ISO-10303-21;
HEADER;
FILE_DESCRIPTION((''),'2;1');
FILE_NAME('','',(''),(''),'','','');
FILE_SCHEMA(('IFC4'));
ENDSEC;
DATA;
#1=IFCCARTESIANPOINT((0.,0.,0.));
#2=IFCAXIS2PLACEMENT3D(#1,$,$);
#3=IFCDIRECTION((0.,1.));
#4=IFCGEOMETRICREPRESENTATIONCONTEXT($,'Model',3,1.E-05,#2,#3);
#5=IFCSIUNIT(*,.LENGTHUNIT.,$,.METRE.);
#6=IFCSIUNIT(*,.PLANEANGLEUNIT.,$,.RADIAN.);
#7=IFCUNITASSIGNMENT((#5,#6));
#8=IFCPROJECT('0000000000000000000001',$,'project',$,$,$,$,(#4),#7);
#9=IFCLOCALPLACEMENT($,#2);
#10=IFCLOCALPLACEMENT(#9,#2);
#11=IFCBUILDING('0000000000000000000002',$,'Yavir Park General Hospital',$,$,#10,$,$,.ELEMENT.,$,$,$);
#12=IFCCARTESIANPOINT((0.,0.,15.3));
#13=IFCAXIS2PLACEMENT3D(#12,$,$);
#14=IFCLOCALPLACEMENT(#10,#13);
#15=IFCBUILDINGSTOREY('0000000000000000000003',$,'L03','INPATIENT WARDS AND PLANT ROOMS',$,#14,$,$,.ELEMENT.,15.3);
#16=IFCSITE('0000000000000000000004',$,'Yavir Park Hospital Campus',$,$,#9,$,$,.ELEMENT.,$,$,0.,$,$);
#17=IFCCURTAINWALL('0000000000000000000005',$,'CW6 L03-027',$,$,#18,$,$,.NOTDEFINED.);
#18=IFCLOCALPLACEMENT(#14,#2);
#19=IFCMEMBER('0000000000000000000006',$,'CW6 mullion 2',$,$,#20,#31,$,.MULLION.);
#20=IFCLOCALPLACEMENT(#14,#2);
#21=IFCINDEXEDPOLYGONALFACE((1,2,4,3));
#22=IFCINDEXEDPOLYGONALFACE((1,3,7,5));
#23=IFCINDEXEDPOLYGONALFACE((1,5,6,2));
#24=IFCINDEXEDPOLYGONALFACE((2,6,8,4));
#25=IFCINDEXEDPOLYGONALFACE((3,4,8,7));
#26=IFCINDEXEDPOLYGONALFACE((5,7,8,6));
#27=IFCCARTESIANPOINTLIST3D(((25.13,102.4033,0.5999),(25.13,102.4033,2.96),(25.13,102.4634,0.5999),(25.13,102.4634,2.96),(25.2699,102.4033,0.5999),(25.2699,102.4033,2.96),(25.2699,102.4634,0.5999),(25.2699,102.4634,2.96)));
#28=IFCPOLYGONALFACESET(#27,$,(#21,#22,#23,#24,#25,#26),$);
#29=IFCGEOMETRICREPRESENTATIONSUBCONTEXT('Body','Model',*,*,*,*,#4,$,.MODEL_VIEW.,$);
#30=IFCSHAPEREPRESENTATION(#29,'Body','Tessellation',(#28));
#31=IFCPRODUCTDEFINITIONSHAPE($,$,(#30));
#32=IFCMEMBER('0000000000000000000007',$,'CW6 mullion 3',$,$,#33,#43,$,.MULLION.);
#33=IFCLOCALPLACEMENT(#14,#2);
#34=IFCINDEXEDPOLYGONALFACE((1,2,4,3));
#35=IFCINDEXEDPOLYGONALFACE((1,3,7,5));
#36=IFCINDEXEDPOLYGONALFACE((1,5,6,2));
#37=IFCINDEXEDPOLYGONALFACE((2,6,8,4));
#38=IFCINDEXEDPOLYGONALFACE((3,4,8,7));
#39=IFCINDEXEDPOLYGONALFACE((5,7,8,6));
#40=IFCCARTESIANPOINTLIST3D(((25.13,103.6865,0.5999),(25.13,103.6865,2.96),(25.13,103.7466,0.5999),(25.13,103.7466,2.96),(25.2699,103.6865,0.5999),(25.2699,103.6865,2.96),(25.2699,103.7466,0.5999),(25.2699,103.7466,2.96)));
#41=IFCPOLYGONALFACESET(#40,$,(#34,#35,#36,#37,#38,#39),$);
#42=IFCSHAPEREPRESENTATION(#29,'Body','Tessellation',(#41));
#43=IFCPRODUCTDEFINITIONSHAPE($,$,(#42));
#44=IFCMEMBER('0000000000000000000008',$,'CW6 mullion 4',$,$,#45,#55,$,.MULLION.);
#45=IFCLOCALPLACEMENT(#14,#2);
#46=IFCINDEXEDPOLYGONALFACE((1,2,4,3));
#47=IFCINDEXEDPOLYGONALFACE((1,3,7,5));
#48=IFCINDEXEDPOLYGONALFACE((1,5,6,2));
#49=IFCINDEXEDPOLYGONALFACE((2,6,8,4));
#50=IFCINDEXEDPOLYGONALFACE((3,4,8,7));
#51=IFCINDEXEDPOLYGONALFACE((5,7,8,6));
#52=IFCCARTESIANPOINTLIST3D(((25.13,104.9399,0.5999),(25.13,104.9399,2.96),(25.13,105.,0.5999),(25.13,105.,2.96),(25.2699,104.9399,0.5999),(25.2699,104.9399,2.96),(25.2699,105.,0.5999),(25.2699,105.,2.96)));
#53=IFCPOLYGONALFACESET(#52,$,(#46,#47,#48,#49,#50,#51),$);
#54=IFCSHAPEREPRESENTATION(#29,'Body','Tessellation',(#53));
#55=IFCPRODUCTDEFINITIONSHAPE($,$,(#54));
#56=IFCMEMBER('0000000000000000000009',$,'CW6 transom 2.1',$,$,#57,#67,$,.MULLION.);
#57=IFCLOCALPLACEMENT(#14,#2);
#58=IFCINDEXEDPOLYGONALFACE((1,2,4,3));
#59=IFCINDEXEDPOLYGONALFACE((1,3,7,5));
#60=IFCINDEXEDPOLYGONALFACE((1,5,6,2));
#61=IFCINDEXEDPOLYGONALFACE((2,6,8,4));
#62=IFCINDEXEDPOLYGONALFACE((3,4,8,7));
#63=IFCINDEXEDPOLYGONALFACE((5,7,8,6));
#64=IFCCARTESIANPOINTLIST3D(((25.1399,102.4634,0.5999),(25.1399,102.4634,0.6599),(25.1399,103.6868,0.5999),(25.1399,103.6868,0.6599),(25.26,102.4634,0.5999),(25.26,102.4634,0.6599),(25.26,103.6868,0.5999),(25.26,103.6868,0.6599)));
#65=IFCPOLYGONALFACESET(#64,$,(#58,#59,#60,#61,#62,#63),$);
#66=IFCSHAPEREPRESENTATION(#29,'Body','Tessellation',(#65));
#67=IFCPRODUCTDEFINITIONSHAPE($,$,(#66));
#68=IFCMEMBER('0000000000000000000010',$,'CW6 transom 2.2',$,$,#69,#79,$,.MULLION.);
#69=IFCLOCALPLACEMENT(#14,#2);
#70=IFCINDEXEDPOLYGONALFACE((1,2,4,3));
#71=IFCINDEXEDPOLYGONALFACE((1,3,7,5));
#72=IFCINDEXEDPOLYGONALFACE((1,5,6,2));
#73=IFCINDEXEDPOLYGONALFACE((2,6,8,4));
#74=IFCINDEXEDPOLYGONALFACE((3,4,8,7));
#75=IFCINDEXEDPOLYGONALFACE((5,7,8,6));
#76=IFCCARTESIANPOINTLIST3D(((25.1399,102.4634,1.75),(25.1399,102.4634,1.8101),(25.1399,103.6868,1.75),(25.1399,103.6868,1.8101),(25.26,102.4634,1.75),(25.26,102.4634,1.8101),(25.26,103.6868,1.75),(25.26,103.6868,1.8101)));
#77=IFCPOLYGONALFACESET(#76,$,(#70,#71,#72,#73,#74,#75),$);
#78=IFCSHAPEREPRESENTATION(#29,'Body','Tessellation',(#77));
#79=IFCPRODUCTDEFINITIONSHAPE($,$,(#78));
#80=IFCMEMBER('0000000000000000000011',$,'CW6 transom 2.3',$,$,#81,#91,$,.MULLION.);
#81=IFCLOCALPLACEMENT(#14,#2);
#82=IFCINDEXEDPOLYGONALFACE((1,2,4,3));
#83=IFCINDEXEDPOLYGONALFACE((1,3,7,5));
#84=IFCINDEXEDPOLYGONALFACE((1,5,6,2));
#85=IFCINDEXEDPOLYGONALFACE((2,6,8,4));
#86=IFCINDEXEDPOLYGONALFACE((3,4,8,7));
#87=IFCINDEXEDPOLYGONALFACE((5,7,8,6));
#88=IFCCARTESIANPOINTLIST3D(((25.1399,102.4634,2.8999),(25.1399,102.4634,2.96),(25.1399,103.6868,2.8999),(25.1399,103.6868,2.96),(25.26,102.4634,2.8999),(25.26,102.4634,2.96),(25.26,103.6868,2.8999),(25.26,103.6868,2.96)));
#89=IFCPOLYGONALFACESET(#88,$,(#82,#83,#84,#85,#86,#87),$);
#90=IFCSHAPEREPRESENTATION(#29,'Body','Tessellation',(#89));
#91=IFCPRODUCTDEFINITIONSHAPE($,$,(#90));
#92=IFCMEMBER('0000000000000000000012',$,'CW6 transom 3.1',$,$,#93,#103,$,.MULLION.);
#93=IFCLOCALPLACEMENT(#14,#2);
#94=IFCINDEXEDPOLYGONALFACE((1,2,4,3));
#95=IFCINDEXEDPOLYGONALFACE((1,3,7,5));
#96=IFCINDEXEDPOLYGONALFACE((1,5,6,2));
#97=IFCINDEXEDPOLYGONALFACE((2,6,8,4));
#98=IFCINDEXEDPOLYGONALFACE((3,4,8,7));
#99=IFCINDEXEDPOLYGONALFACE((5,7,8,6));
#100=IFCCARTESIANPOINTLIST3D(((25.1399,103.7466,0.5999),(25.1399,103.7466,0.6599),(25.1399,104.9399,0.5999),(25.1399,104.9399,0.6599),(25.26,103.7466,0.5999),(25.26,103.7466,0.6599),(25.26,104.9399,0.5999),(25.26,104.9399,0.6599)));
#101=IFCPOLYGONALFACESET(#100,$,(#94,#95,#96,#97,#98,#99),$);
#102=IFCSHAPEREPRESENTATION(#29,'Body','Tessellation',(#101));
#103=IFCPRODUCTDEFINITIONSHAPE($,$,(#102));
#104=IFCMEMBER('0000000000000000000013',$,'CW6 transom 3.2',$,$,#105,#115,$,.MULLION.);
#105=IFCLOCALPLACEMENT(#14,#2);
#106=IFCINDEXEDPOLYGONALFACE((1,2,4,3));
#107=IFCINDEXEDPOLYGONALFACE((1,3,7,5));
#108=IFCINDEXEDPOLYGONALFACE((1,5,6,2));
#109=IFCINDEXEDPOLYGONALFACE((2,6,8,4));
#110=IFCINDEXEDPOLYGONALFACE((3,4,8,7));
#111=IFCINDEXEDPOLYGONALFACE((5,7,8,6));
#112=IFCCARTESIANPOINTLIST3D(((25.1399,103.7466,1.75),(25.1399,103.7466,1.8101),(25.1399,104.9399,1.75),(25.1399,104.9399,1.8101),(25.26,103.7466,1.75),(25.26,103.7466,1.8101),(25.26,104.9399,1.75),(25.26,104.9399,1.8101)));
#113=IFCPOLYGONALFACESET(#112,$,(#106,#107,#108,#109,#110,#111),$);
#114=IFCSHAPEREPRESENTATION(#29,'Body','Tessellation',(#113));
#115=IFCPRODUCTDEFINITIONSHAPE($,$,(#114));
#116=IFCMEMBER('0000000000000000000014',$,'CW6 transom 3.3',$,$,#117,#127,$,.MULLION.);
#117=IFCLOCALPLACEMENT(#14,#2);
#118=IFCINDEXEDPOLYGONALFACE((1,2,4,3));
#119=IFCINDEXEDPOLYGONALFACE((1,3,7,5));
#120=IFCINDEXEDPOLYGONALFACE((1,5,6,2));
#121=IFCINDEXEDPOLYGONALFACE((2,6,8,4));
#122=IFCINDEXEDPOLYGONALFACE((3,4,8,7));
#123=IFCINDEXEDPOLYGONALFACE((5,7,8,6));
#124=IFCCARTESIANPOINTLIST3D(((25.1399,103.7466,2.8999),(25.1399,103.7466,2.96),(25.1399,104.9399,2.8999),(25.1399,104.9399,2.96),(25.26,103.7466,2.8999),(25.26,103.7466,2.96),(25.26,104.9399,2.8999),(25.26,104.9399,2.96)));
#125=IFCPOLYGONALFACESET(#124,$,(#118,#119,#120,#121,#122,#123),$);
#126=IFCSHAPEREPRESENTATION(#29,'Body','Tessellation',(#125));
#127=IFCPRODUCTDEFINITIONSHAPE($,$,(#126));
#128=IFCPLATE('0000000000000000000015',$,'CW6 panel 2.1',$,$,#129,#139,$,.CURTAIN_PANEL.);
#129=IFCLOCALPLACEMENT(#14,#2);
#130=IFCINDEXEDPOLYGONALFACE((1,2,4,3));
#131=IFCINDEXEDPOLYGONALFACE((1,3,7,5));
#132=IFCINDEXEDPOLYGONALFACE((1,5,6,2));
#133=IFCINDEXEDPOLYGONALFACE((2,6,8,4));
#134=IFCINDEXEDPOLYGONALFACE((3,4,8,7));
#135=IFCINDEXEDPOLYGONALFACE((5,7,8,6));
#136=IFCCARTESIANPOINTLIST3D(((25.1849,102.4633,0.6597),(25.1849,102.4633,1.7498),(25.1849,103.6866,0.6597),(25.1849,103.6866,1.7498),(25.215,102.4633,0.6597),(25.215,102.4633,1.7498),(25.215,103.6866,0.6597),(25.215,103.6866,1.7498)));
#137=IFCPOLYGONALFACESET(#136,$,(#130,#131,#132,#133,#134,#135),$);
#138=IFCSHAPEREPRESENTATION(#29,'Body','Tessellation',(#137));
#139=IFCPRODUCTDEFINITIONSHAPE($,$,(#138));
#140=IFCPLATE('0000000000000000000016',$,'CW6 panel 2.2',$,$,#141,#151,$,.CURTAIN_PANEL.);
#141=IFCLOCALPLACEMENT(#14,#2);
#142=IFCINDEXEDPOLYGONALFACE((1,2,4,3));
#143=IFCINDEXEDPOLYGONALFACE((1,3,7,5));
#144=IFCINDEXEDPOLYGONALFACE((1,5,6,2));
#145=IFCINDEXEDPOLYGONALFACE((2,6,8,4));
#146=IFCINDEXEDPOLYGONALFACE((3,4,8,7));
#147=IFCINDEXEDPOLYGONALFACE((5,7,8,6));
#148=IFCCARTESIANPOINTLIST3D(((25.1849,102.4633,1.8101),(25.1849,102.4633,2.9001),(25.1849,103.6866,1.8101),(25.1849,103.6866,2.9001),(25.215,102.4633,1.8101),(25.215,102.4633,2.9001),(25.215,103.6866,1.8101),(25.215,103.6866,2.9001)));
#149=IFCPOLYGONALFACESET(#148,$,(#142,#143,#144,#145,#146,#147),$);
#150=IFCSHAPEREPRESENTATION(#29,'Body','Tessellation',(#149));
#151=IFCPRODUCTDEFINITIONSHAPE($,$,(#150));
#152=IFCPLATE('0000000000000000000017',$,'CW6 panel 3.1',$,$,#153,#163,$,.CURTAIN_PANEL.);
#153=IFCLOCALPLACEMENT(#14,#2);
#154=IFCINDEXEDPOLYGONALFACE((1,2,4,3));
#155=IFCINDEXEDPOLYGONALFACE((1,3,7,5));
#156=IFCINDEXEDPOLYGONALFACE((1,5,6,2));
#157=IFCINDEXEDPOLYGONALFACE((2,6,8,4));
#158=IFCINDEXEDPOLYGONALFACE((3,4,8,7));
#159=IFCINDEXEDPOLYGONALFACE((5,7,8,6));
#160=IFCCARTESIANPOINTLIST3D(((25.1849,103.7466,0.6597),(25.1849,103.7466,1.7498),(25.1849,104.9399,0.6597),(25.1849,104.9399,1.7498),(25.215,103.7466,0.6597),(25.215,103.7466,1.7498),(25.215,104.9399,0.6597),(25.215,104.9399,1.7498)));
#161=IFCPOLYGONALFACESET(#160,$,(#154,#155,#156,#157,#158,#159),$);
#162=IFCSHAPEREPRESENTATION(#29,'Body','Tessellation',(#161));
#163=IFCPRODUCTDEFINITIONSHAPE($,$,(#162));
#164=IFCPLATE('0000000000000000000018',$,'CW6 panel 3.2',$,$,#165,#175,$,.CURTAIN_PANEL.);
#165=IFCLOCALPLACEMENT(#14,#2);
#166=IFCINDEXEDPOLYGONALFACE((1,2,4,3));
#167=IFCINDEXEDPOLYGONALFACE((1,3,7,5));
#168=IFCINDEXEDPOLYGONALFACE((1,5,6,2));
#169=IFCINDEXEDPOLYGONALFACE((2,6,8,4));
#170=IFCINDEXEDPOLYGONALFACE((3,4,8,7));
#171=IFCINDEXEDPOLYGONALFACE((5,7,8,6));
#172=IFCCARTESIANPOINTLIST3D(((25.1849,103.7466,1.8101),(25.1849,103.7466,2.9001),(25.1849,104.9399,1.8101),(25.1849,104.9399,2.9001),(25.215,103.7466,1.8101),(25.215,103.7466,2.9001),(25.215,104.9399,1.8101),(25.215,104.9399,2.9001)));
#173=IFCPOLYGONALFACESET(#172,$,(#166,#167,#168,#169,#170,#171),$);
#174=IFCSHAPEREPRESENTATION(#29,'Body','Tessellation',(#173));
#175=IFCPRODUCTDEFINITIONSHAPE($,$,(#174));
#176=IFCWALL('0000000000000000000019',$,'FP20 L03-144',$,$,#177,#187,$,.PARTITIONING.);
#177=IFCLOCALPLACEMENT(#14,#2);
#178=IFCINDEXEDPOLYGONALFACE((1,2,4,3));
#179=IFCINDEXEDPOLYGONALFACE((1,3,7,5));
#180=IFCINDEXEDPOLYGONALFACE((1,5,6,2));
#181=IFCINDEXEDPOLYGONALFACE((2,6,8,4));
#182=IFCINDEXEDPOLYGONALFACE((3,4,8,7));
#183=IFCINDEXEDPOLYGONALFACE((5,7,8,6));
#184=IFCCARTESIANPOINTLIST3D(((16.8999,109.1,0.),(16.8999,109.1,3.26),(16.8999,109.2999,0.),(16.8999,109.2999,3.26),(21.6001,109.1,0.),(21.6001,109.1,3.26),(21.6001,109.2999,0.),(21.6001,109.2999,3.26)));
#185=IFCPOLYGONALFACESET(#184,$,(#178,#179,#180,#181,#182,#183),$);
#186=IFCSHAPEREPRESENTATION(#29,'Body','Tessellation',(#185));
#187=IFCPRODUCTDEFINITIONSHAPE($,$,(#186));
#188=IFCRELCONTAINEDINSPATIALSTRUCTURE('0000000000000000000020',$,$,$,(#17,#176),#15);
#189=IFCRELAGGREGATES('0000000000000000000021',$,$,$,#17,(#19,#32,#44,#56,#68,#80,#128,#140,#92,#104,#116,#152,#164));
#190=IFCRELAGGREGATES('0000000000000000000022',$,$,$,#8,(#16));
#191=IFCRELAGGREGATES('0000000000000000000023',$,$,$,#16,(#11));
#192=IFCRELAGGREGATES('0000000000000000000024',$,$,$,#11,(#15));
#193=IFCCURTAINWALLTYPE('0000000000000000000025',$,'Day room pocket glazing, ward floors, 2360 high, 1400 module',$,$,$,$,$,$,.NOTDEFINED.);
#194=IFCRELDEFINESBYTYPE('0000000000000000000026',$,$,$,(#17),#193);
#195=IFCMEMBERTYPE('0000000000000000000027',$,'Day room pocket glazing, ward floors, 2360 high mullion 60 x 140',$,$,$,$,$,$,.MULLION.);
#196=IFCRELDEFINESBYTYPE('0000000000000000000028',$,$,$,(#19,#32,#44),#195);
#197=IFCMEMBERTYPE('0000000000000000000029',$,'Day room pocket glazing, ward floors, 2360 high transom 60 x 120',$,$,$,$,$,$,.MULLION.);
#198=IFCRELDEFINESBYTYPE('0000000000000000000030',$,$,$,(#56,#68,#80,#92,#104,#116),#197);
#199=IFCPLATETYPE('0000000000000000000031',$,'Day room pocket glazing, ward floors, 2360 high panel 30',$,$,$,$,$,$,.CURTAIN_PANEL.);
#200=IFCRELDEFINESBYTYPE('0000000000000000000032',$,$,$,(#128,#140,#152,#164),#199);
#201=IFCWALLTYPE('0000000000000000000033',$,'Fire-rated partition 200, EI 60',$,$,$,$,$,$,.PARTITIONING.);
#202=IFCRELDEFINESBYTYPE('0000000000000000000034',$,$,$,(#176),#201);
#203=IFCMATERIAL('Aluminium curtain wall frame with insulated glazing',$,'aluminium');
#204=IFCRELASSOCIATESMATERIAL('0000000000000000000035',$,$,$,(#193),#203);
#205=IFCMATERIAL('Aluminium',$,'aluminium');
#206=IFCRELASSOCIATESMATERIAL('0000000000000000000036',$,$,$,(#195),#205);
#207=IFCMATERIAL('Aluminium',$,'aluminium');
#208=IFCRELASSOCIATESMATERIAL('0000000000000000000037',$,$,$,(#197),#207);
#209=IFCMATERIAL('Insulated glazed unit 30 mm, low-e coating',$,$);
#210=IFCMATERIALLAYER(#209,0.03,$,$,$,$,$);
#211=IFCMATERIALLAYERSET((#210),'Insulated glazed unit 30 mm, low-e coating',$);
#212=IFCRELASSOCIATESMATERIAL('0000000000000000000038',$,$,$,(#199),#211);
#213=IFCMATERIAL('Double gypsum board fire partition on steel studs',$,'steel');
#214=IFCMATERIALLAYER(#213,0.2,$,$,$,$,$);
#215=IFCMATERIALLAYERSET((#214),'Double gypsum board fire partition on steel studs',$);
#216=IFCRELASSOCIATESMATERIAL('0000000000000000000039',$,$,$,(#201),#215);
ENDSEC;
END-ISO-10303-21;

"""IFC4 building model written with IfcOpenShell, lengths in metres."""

from ifc_helpers import new_model, si_unit, direction, frame, frame_2d, origin, origin_2d, place, context, subcontext, project, spatial, rectangle, extrude, material, layer, layer_set, material_profile, profile_set, type_object, element, aggregate, save


model = new_model("IFC4")

# Units and contexts
model_context = context("Model", 3, precision=1e-05, world=origin(), true_north=direction((0.0, 1.0)))
body_context = subcontext(model_context, "Body", "Model", "MODEL_VIEW")
ifc_project = project(units=[si_unit("LENGTHUNIT", "METRE"), si_unit("PLANEANGLEUNIT", "RADIAN")], contexts=[model_context])

# Site, building, storey
site_placement = place(None, origin())
site = spatial("IfcSite", under=ifc_project, at=site_placement, Name="Yavir Park Hospital Campus", CompositionType="ELEMENT", RefElevation=0.0)
building_placement = place(site_placement, origin())
building = spatial("IfcBuilding", under=site, at=building_placement, Name="Yavir Park General Hospital", CompositionType="ELEMENT")
storey_placement = place(building_placement, frame((0.0, 0.0, 15.3)))
storey = spatial("IfcBuildingStorey", under=building, at=storey_placement, Name="L03", Description="INPATIENT WARDS AND PLANT ROOMS", CompositionType="ELEMENT", Elevation=15.3)

# Curtain wall, members, plates
ifc_material_1 = material(Name="Aluminium curtain wall frame with insulated glazing", Category="aluminium")
curtain_wall_type = type_object("IfcCurtainWallType", Name="Day room pocket glazing, ward floors, 2360 high, 1400 module", PredefinedType="NOTDEFINED", material=ifc_material_1)
curtain_wall_placement = place(storey_placement, origin())
curtain_wall = element("IfcCurtainWall", 1, at=curtain_wall_placement, inside=storey, type_object=curtain_wall_type, Name="CW6 L03-027", PredefinedType="NOTDEFINED")
ifc_material_2 = material(Name="Aluminium", Category="aluminium")
ifc_material_profile_1 = material_profile(ifc_material_2, rectangle(XDim=0.1399, YDim=0.0601, at=origin_2d()), Name="AL 60x140")
ifc_profile_set_1 = profile_set([ifc_material_profile_1], Name="Aluminium")
member_type_1 = type_object("IfcMemberType", Name="Day room pocket glazing, ward floors, 2360 high mullion 60 x 140", PredefinedType="MULLION", material=ifc_profile_set_1)
member_1_placement = place(storey_placement, frame((25.2, 102.4333, 0.5999), z_axis=(0.0, 0.0, 1.0), x_axis=(-1.0, 0.0, 0.0)))
member_1 = element("IfcMember", 2, at=member_1_placement, type_object=member_type_1, Name="CW6 mullion 2", PredefinedType="MULLION", context=body_context, shape_type="SweptSolid", body=[
    extrude(rectangle(XDim=0.1399, YDim=0.0601, at=origin_2d()), origin(), (0.0, 0.0, 1.0), 2.3601),
])
member_2_placement = place(storey_placement, frame((25.2, 103.7166, 0.5999), z_axis=(0.0, 0.0, 1.0), x_axis=(-1.0, 0.0, 0.0)))
member_2 = element("IfcMember", 3, at=member_2_placement, type_object=member_type_1, Name="CW6 mullion 3", PredefinedType="MULLION", context=body_context, shape_type="SweptSolid", body=[
    extrude(rectangle(XDim=0.1399, YDim=0.0601, at=origin_2d()), origin(), (0.0, 0.0, 1.0), 2.3601),
])
member_3_placement = place(storey_placement, frame((25.2, 104.97, 0.5999), z_axis=(0.0, 0.0, 1.0), x_axis=(-1.0, 0.0, 0.0)))
member_3 = element("IfcMember", 4, at=member_3_placement, type_object=member_type_1, Name="CW6 mullion 4", PredefinedType="MULLION", context=body_context, shape_type="SweptSolid", body=[
    extrude(rectangle(XDim=0.1399, YDim=0.0601, at=origin_2d()), origin(), (0.0, 0.0, 1.0), 2.3601),
])
ifc_material_3 = material(Name="Aluminium", Category="aluminium")
ifc_material_profile_2 = material_profile(ifc_material_3, rectangle(XDim=0.1201, YDim=0.0601, at=origin_2d()), Name="AL 120x60")
ifc_profile_set_2 = profile_set([ifc_material_profile_2], Name="Aluminium")
member_type_2 = type_object("IfcMemberType", Name="Day room pocket glazing, ward floors, 2360 high transom 60 x 120", PredefinedType="MULLION", material=ifc_profile_set_2)
member_4_placement = place(storey_placement, frame((25.2, 102.4634, 0.6299), z_axis=(0.0, 1.0, 0.0), x_axis=(-1.0, 0.0, 0.0)))
member_4 = element("IfcMember", 5, at=member_4_placement, type_object=member_type_2, Name="CW6 transom 2.1", PredefinedType="MULLION", context=body_context, shape_type="SweptSolid", body=[
    extrude(rectangle(XDim=0.1201, YDim=0.0601, at=origin_2d()), origin(), (0.0, 0.0, 1.0), 1.2234),
])
member_5_placement = place(storey_placement, frame((25.2, 102.4634, 1.78), z_axis=(0.0, 1.0, 0.0), x_axis=(-1.0, 0.0, 0.0)))
member_5 = element("IfcMember", 6, at=member_5_placement, type_object=member_type_2, Name="CW6 transom 2.2", PredefinedType="MULLION", context=body_context, shape_type="SweptSolid", body=[
    extrude(rectangle(XDim=0.1201, YDim=0.0601, at=origin_2d()), origin(), (0.0, 0.0, 1.0), 1.2234),
])
member_6_placement = place(storey_placement, frame((25.2, 102.4634, 2.9299), z_axis=(0.0, 1.0, 0.0), x_axis=(-1.0, 0.0, 0.0)))
member_6 = element("IfcMember", 7, at=member_6_placement, type_object=member_type_2, Name="CW6 transom 2.3", PredefinedType="MULLION", context=body_context, shape_type="SweptSolid", body=[
    extrude(rectangle(XDim=0.1201, YDim=0.0601, at=origin_2d()), origin(), (0.0, 0.0, 1.0), 1.2234),
])
member_7_placement = place(storey_placement, frame((25.2, 103.7466, 0.6299), z_axis=(0.0, 1.0, 0.0), x_axis=(-1.0, 0.0, 0.0)))
member_7 = element("IfcMember", 8, at=member_7_placement, type_object=member_type_2, Name="CW6 transom 3.1", PredefinedType="MULLION", context=body_context, shape_type="SweptSolid", body=[
    extrude(rectangle(XDim=0.1201, YDim=0.0601, at=origin_2d()), origin(), (0.0, 0.0, 1.0), 1.1934),
])
member_8_placement = place(storey_placement, frame((25.2, 103.7466, 1.78), z_axis=(0.0, 1.0, 0.0), x_axis=(-1.0, 0.0, 0.0)))
member_8 = element("IfcMember", 9, at=member_8_placement, type_object=member_type_2, Name="CW6 transom 3.2", PredefinedType="MULLION", context=body_context, shape_type="SweptSolid", body=[
    extrude(rectangle(XDim=0.1201, YDim=0.0601, at=origin_2d()), origin(), (0.0, 0.0, 1.0), 1.1934),
])
member_9_placement = place(storey_placement, frame((25.2, 103.7466, 2.9299), z_axis=(0.0, 1.0, 0.0), x_axis=(-1.0, 0.0, 0.0)))
member_9 = element("IfcMember", 10, at=member_9_placement, type_object=member_type_2, Name="CW6 transom 3.3", PredefinedType="MULLION", context=body_context, shape_type="SweptSolid", body=[
    extrude(rectangle(XDim=0.1201, YDim=0.0601, at=origin_2d()), origin(), (0.0, 0.0, 1.0), 1.1934),
])
ifc_material_4 = material(Name="Insulated glazed unit 30 mm, low-e coating")
ifc_layer_1 = layer(ifc_material_4, 0.03)
ifc_layer_set_1 = layer_set([ifc_layer_1], Name="Insulated glazed unit 30 mm, low-e coating")
plate_type = type_object("IfcPlateType", Name="Day room pocket glazing, ward floors, 2360 high panel 30", PredefinedType="CURTAIN_PANEL", material=ifc_layer_set_1)
plate_1_placement = place(storey_placement, frame((25.2, 103.075, 0.6597), z_axis=(0.0, 0.0, 1.0), x_axis=(0.0, 1.0, 0.0)))
plate_1 = element("IfcPlate", 11, at=plate_1_placement, type_object=plate_type, Name="CW6 panel 2.1", PredefinedType="CURTAIN_PANEL", context=body_context, shape_type="SweptSolid", body=[
    extrude(rectangle(XDim=1.2234, YDim=0.03, at=origin_2d()), origin(), (0.0, 0.0, 1.0), 1.0901),
])
plate_2_placement = place(storey_placement, frame((25.2, 103.075, 1.8101), z_axis=(0.0, 0.0, 1.0), x_axis=(0.0, 1.0, 0.0)))
plate_2 = element("IfcPlate", 12, at=plate_2_placement, type_object=plate_type, Name="CW6 panel 2.2", PredefinedType="CURTAIN_PANEL", context=body_context, shape_type="SweptSolid", body=[
    extrude(rectangle(XDim=1.2234, YDim=0.03, at=origin_2d()), origin(), (0.0, 0.0, 1.0), 1.0901),
])
plate_3_placement = place(storey_placement, frame((25.2, 104.3433, 0.6597), z_axis=(0.0, 0.0, 1.0), x_axis=(0.0, 1.0, 0.0)))
plate_3 = element("IfcPlate", 13, at=plate_3_placement, type_object=plate_type, Name="CW6 panel 3.1", PredefinedType="CURTAIN_PANEL", context=body_context, shape_type="SweptSolid", body=[
    extrude(rectangle(XDim=1.1934, YDim=0.03, at=origin_2d()), origin(), (0.0, 0.0, 1.0), 1.0901),
])
plate_4_placement = place(storey_placement, frame((25.2, 104.3433, 1.8101), z_axis=(0.0, 0.0, 1.0), x_axis=(0.0, 1.0, 0.0)))
plate_4 = element("IfcPlate", 14, at=plate_4_placement, type_object=plate_type, Name="CW6 panel 3.2", PredefinedType="CURTAIN_PANEL", context=body_context, shape_type="SweptSolid", body=[
    extrude(rectangle(XDim=1.1934, YDim=0.03, at=origin_2d()), origin(), (0.0, 0.0, 1.0), 1.0901),
])
aggregate(curtain_wall, [member_1, member_2, member_3, member_4, member_5, member_6, plate_1, plate_2, member_7, member_8, member_9, plate_3, plate_4])

# Wall
ifc_material_5 = material(Name="Double gypsum board fire partition on steel studs", Category="steel")
ifc_layer_2 = layer(ifc_material_5, 0.2)
ifc_layer_set_2 = layer_set([ifc_layer_2], Name="Double gypsum board fire partition on steel studs")
wall_type_1 = type_object("IfcWallType", Name="Fire-rated partition 200, EI 60", PredefinedType="PARTITIONING", material=ifc_layer_set_2)
wall_1_placement = place(storey_placement, frame((16.8999, 109.2, 0.0), z_axis=(0.0, 0.0, 1.0), x_axis=(1.0, 0.0, 0.0)))
element("IfcWall", 15, at=wall_1_placement, inside=storey, type_object=wall_type_1, Name="FP20 L03-144", PredefinedType="PARTITIONING", context=body_context, shape_type="SweptSolid", body=[
    extrude(rectangle(XDim=4.7002, YDim=0.2, at=frame_2d((2.3501, 0.0))), origin(), (0.0, 0.0, 1.0), 3.26),
])

save(model, "model.ifc")
